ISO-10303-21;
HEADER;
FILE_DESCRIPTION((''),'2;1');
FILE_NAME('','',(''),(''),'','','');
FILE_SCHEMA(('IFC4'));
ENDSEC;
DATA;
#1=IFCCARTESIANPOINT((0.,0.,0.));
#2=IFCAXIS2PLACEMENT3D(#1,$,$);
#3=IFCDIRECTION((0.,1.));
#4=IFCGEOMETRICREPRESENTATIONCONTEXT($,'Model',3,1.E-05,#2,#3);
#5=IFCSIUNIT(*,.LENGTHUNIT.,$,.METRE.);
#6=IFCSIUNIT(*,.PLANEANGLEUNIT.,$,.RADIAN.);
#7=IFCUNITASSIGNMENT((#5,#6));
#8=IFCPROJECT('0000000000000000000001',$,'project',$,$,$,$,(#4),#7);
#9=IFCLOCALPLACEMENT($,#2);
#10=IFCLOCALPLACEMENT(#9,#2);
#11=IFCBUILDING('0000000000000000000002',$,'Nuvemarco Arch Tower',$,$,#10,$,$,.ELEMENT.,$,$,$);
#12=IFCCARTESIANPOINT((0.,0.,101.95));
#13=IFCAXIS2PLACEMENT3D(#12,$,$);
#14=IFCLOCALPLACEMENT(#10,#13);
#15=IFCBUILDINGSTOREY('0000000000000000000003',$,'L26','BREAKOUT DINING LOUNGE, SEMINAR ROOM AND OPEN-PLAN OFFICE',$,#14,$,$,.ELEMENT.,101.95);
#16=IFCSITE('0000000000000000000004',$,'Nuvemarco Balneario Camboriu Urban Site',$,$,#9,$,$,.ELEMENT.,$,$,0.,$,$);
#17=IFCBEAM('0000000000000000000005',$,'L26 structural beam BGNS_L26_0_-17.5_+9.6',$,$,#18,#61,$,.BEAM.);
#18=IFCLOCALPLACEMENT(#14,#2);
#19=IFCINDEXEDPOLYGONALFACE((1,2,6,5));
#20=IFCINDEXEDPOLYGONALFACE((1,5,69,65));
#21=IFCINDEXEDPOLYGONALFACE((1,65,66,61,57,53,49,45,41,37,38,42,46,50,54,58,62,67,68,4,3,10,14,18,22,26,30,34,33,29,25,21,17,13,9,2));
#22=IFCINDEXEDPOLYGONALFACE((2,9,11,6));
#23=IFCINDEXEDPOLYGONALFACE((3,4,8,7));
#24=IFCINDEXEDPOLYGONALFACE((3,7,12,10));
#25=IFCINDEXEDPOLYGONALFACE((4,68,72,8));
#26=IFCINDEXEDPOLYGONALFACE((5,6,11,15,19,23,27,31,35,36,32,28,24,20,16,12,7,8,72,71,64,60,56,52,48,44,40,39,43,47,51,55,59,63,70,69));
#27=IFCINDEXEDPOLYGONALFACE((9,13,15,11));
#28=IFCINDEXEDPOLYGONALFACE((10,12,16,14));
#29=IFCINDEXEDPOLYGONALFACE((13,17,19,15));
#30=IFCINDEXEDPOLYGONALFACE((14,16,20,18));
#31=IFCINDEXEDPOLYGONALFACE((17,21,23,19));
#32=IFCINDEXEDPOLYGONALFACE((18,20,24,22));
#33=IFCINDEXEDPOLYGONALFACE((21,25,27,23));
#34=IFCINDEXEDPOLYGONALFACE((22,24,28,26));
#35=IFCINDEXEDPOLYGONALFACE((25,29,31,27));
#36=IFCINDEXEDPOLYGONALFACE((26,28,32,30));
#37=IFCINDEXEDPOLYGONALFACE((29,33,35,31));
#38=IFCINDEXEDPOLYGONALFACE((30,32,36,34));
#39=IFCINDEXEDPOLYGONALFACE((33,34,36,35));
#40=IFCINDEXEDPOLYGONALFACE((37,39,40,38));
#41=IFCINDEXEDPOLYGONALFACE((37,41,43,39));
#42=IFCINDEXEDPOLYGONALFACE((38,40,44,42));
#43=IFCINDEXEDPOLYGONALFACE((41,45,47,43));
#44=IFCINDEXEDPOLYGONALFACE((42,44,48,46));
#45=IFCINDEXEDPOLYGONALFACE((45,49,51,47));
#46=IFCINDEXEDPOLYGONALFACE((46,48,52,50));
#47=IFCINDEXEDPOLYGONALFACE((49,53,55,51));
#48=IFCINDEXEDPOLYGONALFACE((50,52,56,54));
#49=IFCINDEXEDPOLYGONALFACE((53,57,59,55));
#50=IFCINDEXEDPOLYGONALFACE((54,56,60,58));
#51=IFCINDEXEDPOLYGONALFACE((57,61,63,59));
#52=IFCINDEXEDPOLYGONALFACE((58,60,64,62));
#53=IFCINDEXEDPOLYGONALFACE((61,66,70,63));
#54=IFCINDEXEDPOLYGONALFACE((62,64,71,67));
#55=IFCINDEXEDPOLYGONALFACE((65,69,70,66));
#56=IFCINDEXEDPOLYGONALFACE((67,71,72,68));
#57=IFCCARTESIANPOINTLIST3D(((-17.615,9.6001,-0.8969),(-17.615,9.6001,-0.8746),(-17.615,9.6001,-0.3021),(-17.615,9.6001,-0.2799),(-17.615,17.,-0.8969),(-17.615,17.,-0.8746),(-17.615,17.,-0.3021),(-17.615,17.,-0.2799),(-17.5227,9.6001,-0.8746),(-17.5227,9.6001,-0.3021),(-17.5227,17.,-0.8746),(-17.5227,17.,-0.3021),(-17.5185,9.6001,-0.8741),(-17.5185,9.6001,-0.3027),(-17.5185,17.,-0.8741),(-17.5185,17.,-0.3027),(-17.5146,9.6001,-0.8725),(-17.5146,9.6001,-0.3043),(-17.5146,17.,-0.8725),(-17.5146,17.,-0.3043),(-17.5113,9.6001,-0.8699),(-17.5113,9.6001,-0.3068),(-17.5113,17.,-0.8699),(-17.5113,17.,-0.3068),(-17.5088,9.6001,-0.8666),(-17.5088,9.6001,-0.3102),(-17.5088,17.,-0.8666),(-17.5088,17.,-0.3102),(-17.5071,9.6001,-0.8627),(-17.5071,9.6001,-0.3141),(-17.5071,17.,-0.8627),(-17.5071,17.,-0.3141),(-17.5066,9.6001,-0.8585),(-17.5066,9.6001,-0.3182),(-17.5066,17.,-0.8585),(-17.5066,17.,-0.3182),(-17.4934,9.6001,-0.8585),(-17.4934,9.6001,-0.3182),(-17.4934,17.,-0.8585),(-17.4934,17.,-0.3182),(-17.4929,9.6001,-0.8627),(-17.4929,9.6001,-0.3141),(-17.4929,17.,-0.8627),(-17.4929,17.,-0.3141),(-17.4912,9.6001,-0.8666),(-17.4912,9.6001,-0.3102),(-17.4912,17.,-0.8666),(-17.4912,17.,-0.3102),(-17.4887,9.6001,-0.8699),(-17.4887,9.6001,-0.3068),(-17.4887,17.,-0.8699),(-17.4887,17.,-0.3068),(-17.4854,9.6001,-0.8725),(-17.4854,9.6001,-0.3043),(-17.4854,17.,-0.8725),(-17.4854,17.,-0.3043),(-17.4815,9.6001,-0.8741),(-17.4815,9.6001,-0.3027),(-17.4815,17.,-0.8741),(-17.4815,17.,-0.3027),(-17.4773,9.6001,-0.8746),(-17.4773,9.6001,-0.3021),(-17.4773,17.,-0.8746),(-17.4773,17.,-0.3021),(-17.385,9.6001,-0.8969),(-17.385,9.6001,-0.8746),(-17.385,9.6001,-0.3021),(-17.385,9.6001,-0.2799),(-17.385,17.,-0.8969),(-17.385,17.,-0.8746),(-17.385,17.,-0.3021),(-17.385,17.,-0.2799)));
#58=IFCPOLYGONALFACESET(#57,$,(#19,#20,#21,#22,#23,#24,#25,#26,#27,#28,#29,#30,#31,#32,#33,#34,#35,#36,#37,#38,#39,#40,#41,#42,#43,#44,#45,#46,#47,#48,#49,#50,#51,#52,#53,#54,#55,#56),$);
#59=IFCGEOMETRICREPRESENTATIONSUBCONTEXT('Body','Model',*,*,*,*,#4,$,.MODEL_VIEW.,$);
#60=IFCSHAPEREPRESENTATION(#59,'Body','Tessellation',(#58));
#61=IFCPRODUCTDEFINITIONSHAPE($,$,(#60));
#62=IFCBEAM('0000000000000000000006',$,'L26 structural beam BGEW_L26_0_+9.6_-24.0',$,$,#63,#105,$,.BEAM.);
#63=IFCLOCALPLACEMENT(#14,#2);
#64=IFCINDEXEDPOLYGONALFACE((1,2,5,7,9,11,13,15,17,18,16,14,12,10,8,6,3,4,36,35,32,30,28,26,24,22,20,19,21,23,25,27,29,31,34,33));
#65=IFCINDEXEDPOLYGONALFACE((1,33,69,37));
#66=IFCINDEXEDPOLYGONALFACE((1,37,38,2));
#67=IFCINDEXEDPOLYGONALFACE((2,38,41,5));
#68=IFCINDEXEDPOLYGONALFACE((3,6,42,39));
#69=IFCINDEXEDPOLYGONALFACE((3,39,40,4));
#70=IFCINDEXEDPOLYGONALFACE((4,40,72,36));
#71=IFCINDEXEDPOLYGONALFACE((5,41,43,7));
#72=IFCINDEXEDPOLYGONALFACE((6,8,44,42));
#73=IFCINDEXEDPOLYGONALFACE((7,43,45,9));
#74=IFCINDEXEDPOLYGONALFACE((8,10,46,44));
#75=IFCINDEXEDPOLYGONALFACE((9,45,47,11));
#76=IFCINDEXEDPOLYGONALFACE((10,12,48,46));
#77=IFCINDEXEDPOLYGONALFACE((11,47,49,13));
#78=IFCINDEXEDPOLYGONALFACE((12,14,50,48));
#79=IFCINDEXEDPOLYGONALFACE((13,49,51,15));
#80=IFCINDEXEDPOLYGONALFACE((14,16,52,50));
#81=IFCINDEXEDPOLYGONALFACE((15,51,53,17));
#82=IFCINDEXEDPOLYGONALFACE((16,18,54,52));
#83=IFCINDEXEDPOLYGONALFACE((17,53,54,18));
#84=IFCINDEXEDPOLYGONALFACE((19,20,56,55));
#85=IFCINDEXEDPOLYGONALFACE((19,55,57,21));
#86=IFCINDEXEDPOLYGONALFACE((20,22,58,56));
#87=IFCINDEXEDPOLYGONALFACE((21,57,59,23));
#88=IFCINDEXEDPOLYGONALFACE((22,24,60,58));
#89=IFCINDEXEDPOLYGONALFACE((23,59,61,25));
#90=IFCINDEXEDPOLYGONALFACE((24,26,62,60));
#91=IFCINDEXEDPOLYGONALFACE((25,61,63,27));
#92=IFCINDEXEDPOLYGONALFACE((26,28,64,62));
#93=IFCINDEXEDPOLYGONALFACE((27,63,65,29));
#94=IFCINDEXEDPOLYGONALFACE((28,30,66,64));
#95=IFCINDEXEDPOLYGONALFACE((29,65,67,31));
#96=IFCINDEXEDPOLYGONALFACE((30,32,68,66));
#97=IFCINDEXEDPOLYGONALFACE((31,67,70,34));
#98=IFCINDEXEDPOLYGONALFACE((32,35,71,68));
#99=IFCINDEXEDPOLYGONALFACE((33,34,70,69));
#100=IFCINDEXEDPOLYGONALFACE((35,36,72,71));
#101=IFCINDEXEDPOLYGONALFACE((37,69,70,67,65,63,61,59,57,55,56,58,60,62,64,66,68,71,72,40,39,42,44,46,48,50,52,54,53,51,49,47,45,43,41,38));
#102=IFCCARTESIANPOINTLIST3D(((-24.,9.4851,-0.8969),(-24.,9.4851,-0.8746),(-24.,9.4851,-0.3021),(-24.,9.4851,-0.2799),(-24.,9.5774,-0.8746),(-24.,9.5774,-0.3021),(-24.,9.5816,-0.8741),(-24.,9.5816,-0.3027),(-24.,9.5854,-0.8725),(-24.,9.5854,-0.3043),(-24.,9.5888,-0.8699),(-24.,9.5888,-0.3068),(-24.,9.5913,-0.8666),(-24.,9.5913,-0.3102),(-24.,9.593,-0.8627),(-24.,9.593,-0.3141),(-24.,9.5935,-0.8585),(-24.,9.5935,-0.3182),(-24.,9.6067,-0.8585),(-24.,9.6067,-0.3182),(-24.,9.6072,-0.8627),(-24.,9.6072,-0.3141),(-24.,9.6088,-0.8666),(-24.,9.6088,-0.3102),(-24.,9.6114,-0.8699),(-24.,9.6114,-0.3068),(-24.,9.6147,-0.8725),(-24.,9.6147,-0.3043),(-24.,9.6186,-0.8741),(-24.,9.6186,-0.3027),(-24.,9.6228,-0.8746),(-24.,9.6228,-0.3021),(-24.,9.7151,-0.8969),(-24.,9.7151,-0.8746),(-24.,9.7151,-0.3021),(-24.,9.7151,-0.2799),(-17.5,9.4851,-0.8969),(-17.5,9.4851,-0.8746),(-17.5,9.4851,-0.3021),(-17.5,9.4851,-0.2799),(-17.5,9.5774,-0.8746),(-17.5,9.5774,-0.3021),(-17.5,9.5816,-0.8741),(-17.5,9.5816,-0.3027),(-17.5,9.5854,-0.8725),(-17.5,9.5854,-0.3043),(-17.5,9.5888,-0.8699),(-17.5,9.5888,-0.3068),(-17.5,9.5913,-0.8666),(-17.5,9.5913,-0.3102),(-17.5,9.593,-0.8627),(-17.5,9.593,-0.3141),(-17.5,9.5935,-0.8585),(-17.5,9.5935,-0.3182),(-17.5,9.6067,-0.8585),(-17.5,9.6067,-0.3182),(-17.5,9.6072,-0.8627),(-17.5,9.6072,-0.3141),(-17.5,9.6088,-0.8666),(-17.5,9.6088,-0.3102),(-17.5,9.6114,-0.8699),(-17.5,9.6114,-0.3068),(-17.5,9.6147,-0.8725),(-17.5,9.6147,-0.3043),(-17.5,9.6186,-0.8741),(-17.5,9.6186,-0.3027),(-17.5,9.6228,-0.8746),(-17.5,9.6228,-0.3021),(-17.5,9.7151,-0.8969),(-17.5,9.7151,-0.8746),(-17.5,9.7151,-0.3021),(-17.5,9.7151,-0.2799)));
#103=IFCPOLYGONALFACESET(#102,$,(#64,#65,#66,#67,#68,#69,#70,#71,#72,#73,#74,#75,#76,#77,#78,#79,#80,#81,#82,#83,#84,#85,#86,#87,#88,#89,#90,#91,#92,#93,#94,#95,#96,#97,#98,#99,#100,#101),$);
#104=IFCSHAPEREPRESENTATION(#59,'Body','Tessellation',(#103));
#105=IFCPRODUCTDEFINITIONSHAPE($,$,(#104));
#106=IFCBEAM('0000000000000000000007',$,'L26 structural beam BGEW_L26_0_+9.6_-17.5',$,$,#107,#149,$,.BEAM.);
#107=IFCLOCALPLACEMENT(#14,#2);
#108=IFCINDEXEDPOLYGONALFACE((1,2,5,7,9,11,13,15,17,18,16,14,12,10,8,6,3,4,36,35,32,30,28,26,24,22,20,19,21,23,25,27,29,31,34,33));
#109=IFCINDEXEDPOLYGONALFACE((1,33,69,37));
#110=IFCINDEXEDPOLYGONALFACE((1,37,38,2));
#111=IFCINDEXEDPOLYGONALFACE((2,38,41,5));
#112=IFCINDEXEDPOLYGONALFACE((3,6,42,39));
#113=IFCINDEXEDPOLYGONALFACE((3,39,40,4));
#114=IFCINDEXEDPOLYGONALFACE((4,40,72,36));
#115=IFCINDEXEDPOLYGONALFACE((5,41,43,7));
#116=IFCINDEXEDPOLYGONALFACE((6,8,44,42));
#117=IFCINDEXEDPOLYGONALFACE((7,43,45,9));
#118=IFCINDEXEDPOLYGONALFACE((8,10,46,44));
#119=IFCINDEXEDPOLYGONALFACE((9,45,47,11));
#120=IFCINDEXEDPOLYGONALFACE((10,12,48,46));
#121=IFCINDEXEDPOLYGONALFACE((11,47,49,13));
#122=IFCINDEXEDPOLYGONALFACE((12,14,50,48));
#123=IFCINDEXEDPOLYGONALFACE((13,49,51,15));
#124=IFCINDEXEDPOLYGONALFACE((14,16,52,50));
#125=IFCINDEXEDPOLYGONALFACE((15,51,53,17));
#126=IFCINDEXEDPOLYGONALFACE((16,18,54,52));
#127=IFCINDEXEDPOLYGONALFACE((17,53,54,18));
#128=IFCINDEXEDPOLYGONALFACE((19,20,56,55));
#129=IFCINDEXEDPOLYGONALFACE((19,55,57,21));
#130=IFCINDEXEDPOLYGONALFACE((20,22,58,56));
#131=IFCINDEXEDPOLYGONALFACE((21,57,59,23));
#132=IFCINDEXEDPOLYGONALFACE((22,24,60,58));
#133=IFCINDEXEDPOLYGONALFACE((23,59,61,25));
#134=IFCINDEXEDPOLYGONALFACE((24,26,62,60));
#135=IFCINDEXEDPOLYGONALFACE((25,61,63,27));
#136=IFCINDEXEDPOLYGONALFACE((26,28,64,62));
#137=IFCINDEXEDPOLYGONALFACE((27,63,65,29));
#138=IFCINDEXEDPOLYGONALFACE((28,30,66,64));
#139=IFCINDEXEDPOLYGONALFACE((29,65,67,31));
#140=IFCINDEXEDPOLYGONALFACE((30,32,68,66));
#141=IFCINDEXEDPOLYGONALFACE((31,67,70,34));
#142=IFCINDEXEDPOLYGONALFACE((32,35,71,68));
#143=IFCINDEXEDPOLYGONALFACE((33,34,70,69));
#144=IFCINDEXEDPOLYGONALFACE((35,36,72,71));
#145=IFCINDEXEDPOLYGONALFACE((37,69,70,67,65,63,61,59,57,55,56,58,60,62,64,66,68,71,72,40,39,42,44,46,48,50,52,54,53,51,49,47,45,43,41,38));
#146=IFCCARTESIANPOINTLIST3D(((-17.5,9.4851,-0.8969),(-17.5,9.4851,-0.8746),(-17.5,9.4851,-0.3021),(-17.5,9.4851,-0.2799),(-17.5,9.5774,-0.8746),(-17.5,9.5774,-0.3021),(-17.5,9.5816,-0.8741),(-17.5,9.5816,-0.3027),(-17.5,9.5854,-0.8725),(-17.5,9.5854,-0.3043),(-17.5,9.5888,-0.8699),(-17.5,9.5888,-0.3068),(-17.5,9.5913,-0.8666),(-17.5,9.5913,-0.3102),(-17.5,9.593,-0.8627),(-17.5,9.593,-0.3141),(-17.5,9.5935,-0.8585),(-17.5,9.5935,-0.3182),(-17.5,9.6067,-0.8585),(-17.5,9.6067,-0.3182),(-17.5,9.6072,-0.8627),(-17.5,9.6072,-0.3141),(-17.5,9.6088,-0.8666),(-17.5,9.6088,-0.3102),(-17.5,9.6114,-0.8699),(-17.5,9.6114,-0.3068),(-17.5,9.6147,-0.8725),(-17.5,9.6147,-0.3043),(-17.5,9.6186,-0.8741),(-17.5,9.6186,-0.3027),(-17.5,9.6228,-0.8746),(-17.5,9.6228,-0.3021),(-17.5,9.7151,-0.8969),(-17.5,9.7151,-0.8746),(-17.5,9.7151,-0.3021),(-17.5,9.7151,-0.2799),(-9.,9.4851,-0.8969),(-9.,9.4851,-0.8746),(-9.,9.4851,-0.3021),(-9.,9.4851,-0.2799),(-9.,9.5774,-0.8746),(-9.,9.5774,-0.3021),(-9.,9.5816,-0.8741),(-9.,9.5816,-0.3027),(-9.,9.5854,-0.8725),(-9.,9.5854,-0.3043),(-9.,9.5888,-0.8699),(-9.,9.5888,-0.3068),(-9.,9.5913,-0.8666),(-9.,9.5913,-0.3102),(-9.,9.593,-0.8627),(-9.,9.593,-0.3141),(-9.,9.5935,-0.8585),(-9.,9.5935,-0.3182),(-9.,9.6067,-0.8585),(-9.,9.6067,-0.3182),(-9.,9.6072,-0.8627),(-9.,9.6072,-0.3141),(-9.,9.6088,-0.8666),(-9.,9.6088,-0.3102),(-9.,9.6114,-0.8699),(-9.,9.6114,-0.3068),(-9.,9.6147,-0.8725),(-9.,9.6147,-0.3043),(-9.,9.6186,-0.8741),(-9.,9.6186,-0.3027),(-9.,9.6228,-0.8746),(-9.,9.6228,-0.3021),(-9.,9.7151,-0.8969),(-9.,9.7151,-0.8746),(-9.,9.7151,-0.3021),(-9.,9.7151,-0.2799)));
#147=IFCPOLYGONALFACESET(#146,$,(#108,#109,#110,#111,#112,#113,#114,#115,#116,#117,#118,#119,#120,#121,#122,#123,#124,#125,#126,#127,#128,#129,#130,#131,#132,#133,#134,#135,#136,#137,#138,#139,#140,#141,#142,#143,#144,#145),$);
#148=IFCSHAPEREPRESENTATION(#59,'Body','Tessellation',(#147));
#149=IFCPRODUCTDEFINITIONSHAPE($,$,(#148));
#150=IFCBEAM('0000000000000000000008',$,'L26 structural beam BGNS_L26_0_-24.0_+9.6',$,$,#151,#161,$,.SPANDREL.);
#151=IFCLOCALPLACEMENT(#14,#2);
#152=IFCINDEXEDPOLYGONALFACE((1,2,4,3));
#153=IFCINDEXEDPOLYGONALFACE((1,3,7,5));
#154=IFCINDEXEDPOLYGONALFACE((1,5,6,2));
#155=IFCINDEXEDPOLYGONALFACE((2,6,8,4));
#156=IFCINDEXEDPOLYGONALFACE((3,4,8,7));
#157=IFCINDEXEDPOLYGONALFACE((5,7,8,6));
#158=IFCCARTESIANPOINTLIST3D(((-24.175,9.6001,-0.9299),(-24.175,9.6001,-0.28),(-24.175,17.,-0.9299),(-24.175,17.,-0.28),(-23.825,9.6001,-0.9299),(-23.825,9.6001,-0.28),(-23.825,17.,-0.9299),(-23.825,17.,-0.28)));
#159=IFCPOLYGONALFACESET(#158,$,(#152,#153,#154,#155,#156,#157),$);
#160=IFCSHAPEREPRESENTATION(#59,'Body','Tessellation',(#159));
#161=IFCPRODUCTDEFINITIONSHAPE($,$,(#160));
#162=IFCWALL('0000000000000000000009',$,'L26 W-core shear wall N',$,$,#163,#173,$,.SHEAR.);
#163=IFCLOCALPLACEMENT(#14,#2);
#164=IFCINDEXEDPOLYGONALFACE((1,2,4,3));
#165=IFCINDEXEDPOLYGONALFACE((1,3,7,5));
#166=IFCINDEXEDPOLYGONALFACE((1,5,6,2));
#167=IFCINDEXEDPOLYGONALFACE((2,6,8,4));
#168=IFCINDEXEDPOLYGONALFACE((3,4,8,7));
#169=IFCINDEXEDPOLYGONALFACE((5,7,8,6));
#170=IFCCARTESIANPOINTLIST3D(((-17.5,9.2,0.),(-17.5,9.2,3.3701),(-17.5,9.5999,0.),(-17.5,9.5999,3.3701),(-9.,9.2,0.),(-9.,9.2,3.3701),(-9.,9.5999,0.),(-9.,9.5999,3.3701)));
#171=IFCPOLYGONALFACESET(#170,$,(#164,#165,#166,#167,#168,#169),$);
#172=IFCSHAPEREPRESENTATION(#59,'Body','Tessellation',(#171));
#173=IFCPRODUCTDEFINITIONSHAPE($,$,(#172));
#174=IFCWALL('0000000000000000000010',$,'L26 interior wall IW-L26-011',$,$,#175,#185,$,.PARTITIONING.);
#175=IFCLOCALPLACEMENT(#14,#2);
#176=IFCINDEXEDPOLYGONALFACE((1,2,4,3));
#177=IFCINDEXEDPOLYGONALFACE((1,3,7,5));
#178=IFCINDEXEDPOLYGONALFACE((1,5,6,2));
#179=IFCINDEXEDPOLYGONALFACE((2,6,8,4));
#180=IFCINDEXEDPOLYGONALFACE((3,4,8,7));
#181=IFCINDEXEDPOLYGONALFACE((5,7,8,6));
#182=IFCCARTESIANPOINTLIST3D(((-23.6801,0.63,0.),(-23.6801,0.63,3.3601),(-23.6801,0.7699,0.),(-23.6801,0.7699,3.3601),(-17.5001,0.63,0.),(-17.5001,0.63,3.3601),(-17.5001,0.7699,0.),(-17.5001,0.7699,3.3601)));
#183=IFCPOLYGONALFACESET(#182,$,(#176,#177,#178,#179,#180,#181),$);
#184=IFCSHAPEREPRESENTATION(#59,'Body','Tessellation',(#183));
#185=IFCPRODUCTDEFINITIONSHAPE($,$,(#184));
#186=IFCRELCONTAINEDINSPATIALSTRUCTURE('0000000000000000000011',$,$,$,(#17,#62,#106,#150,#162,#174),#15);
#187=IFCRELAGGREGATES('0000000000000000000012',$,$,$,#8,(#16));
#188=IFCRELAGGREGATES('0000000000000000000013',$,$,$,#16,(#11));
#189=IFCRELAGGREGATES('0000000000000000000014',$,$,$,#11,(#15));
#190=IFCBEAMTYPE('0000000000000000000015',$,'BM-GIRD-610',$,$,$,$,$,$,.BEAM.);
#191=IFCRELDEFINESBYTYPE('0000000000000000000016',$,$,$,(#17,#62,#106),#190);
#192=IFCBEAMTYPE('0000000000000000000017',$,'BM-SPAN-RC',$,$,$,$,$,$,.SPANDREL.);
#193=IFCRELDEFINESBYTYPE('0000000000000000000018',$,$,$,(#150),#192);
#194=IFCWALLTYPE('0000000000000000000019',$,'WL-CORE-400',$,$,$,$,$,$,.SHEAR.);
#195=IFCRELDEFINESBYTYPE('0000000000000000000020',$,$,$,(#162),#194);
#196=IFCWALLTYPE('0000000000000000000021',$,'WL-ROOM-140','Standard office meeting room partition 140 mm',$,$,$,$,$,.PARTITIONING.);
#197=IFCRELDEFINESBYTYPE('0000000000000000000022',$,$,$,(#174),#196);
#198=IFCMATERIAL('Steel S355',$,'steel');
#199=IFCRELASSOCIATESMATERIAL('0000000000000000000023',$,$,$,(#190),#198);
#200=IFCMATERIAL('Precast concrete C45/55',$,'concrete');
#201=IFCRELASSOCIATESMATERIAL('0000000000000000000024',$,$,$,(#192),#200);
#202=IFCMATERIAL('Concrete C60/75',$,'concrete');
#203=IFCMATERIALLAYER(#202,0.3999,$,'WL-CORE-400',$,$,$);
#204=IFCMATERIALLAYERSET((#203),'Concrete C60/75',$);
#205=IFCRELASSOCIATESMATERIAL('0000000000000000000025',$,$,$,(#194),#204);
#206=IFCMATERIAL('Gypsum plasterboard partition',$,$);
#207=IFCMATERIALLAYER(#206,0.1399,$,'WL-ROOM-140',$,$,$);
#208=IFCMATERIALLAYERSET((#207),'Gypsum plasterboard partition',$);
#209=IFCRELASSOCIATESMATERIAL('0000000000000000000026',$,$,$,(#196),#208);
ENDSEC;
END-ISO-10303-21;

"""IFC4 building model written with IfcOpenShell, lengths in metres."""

from ifc_helpers import new_model, si_unit, direction, frame, frame_2d, origin, origin_2d, place, context, subcontext, project, spatial, rectangle, i_section, extrude, material, layer, layer_set, material_profile, profile_set, type_object, element, save


model = new_model("IFC4")

# Units and contexts
model_context = context("Model", 3, precision=1e-05, world=origin(), true_north=direction((0.0, 1.0)))
body_context = subcontext(model_context, "Body", "Model", "MODEL_VIEW")
ifc_project = project(units=[si_unit("LENGTHUNIT", "METRE"), si_unit("PLANEANGLEUNIT", "RADIAN")], contexts=[model_context])

# Site, building, storey
site_placement = place(None, origin())
site = spatial("IfcSite", under=ifc_project, at=site_placement, Name="Nuvemarco Balneario Camboriu Urban Site", CompositionType="ELEMENT", RefElevation=0.0)
building_placement = place(site_placement, origin())
building = spatial("IfcBuilding", under=site, at=building_placement, Name="Nuvemarco Arch Tower", CompositionType="ELEMENT")
storey_placement = place(building_placement, frame((0.0, 0.0, 101.95)))
storey = spatial("IfcBuildingStorey", under=building, at=storey_placement, Name="L26", Description="BREAKOUT DINING LOUNGE, SEMINAR ROOM AND OPEN-PLAN OFFICE", CompositionType="ELEMENT", Elevation=101.95)

# Shared definitions
ifc_material_1 = material(Name="Concrete C60/75", Category="concrete")
ifc_material_2 = material(Name="Steel S355", Category="steel")

# Beams
ifc_material_profile_1 = material_profile(ifc_material_2, i_section(OverallWidth=0.23, OverallDepth=0.6169, WebThickness=0.0132, FlangeThickness=0.0222, FilletRadius=0.0161, at=origin_2d()), Name="W610x140")
ifc_profile_set_1 = profile_set([ifc_material_profile_1], Name="Steel S355")
beam_type_1 = type_object("IfcBeamType", Name="BM-GIRD-610", PredefinedType="BEAM", material=ifc_profile_set_1)
beam_1_placement = place(storey_placement, frame((-17.5, 9.6001, -0.5884), z_axis=(0.0, 1.0, 0.0), x_axis=(-1.0, 0.0, 0.0)))
element("IfcBeam", 1, at=beam_1_placement, inside=storey, type_object=beam_type_1, Name="L26 structural beam BGNS_L26_0_-17.5_+9.6", PredefinedType="BEAM", context=body_context, shape_type="SweptSolid", body=[
    extrude(i_section(OverallWidth=0.23, OverallDepth=0.6169, WebThickness=0.0132, FlangeThickness=0.0222, FilletRadius=0.0161, at=origin_2d()), origin(), (0.0, 0.0, 1.0), 7.3999),
])
beam_2_placement = place(storey_placement, frame((-24.0, 9.6001, -0.5884), z_axis=(1.0, 0.0, 0.0), x_axis=(0.0, 1.0, 0.0)))
element("IfcBeam", 2, at=beam_2_placement, inside=storey, type_object=beam_type_1, Name="L26 structural beam BGEW_L26_0_+9.6_-24.0", PredefinedType="BEAM", context=body_context, shape_type="SweptSolid", body=[
    extrude(i_section(OverallWidth=0.23, OverallDepth=0.6169, WebThickness=0.0132, FlangeThickness=0.0222, FilletRadius=0.0161, at=origin_2d()), origin(), (0.0, 0.0, 1.0), 6.5),
])
beam_3_placement = place(storey_placement, frame((-17.5, 9.6001, -0.5884), z_axis=(1.0, 0.0, 0.0), x_axis=(0.0, 1.0, 0.0)))
element("IfcBeam", 3, at=beam_3_placement, inside=storey, type_object=beam_type_1, Name="L26 structural beam BGEW_L26_0_+9.6_-17.5", PredefinedType="BEAM", context=body_context, shape_type="SweptSolid", body=[
    extrude(i_section(OverallWidth=0.23, OverallDepth=0.6169, WebThickness=0.0132, FlangeThickness=0.0222, FilletRadius=0.0161, at=origin_2d()), origin(), (0.0, 0.0, 1.0), 8.5),
])
ifc_material_3 = material(Name="Precast concrete C45/55", Category="concrete")
ifc_material_profile_2 = material_profile(ifc_material_3, rectangle(XDim=0.3501, YDim=0.6499, at=origin_2d()), Name="PC-SP-350x650")
ifc_profile_set_2 = profile_set([ifc_material_profile_2], Name="Precast concrete C45/55")
beam_type_2 = type_object("IfcBeamType", Name="BM-SPAN-RC", PredefinedType="SPANDREL", material=ifc_profile_set_2)
beam_4_placement = place(storey_placement, frame((-24.0, 9.6001, -0.605), z_axis=(0.0, 1.0, 0.0), x_axis=(-1.0, 0.0, 0.0)))
element("IfcBeam", 4, at=beam_4_placement, inside=storey, type_object=beam_type_2, Name="L26 structural beam BGNS_L26_0_-24.0_+9.6", PredefinedType="SPANDREL", context=body_context, shape_type="SweptSolid", body=[
    extrude(rectangle(XDim=0.3501, YDim=0.6499, at=origin_2d()), origin(), (0.0, 0.0, 1.0), 7.3999),
])

# Walls
ifc_layer_1 = layer(ifc_material_1, 0.3999, Name="WL-CORE-400")
ifc_layer_set_1 = layer_set([ifc_layer_1], Name="Concrete C60/75")
wall_type_1 = type_object("IfcWallType", Name="WL-CORE-400", PredefinedType="SHEAR", material=ifc_layer_set_1)
wall_1_placement = place(storey_placement, frame((-17.5, 9.3999, 0.0), z_axis=(0.0, 0.0, 1.0), x_axis=(1.0, 0.0, 0.0)))
element("IfcWall", 5, at=wall_1_placement, inside=storey, type_object=wall_type_1, Name="L26 W-core shear wall N", PredefinedType="SHEAR", context=body_context, shape_type="SweptSolid", body=[
    extrude(rectangle(XDim=8.5, YDim=0.3999, at=frame_2d((4.25, 0.0))), origin(), (0.0, 0.0, 1.0), 3.3701),
])
ifc_material_4 = material(Name="Gypsum plasterboard partition")
ifc_layer_2 = layer(ifc_material_4, 0.1399, Name="WL-ROOM-140")
ifc_layer_set_2 = layer_set([ifc_layer_2], Name="Gypsum plasterboard partition")
wall_type_2 = type_object("IfcWallType", Name="WL-ROOM-140", Description="Standard office meeting room partition 140 mm", PredefinedType="PARTITIONING", material=ifc_layer_set_2)
wall_2_placement = place(storey_placement, frame((-23.6799, 0.7, 0.0), z_axis=(0.0, 0.0, 1.0), x_axis=(1.0, 0.0, 0.0)))
element("IfcWall", 6, at=wall_2_placement, inside=storey, type_object=wall_type_2, Name="L26 interior wall IW-L26-011", PredefinedType="PARTITIONING", context=body_context, shape_type="SweptSolid", body=[
    extrude(rectangle(XDim=6.1799, YDim=0.1399, at=frame_2d((3.0898, 0.0))), origin(), (0.0, 0.0, 1.0), 3.3601),
])

save(model, "model.ifc")
